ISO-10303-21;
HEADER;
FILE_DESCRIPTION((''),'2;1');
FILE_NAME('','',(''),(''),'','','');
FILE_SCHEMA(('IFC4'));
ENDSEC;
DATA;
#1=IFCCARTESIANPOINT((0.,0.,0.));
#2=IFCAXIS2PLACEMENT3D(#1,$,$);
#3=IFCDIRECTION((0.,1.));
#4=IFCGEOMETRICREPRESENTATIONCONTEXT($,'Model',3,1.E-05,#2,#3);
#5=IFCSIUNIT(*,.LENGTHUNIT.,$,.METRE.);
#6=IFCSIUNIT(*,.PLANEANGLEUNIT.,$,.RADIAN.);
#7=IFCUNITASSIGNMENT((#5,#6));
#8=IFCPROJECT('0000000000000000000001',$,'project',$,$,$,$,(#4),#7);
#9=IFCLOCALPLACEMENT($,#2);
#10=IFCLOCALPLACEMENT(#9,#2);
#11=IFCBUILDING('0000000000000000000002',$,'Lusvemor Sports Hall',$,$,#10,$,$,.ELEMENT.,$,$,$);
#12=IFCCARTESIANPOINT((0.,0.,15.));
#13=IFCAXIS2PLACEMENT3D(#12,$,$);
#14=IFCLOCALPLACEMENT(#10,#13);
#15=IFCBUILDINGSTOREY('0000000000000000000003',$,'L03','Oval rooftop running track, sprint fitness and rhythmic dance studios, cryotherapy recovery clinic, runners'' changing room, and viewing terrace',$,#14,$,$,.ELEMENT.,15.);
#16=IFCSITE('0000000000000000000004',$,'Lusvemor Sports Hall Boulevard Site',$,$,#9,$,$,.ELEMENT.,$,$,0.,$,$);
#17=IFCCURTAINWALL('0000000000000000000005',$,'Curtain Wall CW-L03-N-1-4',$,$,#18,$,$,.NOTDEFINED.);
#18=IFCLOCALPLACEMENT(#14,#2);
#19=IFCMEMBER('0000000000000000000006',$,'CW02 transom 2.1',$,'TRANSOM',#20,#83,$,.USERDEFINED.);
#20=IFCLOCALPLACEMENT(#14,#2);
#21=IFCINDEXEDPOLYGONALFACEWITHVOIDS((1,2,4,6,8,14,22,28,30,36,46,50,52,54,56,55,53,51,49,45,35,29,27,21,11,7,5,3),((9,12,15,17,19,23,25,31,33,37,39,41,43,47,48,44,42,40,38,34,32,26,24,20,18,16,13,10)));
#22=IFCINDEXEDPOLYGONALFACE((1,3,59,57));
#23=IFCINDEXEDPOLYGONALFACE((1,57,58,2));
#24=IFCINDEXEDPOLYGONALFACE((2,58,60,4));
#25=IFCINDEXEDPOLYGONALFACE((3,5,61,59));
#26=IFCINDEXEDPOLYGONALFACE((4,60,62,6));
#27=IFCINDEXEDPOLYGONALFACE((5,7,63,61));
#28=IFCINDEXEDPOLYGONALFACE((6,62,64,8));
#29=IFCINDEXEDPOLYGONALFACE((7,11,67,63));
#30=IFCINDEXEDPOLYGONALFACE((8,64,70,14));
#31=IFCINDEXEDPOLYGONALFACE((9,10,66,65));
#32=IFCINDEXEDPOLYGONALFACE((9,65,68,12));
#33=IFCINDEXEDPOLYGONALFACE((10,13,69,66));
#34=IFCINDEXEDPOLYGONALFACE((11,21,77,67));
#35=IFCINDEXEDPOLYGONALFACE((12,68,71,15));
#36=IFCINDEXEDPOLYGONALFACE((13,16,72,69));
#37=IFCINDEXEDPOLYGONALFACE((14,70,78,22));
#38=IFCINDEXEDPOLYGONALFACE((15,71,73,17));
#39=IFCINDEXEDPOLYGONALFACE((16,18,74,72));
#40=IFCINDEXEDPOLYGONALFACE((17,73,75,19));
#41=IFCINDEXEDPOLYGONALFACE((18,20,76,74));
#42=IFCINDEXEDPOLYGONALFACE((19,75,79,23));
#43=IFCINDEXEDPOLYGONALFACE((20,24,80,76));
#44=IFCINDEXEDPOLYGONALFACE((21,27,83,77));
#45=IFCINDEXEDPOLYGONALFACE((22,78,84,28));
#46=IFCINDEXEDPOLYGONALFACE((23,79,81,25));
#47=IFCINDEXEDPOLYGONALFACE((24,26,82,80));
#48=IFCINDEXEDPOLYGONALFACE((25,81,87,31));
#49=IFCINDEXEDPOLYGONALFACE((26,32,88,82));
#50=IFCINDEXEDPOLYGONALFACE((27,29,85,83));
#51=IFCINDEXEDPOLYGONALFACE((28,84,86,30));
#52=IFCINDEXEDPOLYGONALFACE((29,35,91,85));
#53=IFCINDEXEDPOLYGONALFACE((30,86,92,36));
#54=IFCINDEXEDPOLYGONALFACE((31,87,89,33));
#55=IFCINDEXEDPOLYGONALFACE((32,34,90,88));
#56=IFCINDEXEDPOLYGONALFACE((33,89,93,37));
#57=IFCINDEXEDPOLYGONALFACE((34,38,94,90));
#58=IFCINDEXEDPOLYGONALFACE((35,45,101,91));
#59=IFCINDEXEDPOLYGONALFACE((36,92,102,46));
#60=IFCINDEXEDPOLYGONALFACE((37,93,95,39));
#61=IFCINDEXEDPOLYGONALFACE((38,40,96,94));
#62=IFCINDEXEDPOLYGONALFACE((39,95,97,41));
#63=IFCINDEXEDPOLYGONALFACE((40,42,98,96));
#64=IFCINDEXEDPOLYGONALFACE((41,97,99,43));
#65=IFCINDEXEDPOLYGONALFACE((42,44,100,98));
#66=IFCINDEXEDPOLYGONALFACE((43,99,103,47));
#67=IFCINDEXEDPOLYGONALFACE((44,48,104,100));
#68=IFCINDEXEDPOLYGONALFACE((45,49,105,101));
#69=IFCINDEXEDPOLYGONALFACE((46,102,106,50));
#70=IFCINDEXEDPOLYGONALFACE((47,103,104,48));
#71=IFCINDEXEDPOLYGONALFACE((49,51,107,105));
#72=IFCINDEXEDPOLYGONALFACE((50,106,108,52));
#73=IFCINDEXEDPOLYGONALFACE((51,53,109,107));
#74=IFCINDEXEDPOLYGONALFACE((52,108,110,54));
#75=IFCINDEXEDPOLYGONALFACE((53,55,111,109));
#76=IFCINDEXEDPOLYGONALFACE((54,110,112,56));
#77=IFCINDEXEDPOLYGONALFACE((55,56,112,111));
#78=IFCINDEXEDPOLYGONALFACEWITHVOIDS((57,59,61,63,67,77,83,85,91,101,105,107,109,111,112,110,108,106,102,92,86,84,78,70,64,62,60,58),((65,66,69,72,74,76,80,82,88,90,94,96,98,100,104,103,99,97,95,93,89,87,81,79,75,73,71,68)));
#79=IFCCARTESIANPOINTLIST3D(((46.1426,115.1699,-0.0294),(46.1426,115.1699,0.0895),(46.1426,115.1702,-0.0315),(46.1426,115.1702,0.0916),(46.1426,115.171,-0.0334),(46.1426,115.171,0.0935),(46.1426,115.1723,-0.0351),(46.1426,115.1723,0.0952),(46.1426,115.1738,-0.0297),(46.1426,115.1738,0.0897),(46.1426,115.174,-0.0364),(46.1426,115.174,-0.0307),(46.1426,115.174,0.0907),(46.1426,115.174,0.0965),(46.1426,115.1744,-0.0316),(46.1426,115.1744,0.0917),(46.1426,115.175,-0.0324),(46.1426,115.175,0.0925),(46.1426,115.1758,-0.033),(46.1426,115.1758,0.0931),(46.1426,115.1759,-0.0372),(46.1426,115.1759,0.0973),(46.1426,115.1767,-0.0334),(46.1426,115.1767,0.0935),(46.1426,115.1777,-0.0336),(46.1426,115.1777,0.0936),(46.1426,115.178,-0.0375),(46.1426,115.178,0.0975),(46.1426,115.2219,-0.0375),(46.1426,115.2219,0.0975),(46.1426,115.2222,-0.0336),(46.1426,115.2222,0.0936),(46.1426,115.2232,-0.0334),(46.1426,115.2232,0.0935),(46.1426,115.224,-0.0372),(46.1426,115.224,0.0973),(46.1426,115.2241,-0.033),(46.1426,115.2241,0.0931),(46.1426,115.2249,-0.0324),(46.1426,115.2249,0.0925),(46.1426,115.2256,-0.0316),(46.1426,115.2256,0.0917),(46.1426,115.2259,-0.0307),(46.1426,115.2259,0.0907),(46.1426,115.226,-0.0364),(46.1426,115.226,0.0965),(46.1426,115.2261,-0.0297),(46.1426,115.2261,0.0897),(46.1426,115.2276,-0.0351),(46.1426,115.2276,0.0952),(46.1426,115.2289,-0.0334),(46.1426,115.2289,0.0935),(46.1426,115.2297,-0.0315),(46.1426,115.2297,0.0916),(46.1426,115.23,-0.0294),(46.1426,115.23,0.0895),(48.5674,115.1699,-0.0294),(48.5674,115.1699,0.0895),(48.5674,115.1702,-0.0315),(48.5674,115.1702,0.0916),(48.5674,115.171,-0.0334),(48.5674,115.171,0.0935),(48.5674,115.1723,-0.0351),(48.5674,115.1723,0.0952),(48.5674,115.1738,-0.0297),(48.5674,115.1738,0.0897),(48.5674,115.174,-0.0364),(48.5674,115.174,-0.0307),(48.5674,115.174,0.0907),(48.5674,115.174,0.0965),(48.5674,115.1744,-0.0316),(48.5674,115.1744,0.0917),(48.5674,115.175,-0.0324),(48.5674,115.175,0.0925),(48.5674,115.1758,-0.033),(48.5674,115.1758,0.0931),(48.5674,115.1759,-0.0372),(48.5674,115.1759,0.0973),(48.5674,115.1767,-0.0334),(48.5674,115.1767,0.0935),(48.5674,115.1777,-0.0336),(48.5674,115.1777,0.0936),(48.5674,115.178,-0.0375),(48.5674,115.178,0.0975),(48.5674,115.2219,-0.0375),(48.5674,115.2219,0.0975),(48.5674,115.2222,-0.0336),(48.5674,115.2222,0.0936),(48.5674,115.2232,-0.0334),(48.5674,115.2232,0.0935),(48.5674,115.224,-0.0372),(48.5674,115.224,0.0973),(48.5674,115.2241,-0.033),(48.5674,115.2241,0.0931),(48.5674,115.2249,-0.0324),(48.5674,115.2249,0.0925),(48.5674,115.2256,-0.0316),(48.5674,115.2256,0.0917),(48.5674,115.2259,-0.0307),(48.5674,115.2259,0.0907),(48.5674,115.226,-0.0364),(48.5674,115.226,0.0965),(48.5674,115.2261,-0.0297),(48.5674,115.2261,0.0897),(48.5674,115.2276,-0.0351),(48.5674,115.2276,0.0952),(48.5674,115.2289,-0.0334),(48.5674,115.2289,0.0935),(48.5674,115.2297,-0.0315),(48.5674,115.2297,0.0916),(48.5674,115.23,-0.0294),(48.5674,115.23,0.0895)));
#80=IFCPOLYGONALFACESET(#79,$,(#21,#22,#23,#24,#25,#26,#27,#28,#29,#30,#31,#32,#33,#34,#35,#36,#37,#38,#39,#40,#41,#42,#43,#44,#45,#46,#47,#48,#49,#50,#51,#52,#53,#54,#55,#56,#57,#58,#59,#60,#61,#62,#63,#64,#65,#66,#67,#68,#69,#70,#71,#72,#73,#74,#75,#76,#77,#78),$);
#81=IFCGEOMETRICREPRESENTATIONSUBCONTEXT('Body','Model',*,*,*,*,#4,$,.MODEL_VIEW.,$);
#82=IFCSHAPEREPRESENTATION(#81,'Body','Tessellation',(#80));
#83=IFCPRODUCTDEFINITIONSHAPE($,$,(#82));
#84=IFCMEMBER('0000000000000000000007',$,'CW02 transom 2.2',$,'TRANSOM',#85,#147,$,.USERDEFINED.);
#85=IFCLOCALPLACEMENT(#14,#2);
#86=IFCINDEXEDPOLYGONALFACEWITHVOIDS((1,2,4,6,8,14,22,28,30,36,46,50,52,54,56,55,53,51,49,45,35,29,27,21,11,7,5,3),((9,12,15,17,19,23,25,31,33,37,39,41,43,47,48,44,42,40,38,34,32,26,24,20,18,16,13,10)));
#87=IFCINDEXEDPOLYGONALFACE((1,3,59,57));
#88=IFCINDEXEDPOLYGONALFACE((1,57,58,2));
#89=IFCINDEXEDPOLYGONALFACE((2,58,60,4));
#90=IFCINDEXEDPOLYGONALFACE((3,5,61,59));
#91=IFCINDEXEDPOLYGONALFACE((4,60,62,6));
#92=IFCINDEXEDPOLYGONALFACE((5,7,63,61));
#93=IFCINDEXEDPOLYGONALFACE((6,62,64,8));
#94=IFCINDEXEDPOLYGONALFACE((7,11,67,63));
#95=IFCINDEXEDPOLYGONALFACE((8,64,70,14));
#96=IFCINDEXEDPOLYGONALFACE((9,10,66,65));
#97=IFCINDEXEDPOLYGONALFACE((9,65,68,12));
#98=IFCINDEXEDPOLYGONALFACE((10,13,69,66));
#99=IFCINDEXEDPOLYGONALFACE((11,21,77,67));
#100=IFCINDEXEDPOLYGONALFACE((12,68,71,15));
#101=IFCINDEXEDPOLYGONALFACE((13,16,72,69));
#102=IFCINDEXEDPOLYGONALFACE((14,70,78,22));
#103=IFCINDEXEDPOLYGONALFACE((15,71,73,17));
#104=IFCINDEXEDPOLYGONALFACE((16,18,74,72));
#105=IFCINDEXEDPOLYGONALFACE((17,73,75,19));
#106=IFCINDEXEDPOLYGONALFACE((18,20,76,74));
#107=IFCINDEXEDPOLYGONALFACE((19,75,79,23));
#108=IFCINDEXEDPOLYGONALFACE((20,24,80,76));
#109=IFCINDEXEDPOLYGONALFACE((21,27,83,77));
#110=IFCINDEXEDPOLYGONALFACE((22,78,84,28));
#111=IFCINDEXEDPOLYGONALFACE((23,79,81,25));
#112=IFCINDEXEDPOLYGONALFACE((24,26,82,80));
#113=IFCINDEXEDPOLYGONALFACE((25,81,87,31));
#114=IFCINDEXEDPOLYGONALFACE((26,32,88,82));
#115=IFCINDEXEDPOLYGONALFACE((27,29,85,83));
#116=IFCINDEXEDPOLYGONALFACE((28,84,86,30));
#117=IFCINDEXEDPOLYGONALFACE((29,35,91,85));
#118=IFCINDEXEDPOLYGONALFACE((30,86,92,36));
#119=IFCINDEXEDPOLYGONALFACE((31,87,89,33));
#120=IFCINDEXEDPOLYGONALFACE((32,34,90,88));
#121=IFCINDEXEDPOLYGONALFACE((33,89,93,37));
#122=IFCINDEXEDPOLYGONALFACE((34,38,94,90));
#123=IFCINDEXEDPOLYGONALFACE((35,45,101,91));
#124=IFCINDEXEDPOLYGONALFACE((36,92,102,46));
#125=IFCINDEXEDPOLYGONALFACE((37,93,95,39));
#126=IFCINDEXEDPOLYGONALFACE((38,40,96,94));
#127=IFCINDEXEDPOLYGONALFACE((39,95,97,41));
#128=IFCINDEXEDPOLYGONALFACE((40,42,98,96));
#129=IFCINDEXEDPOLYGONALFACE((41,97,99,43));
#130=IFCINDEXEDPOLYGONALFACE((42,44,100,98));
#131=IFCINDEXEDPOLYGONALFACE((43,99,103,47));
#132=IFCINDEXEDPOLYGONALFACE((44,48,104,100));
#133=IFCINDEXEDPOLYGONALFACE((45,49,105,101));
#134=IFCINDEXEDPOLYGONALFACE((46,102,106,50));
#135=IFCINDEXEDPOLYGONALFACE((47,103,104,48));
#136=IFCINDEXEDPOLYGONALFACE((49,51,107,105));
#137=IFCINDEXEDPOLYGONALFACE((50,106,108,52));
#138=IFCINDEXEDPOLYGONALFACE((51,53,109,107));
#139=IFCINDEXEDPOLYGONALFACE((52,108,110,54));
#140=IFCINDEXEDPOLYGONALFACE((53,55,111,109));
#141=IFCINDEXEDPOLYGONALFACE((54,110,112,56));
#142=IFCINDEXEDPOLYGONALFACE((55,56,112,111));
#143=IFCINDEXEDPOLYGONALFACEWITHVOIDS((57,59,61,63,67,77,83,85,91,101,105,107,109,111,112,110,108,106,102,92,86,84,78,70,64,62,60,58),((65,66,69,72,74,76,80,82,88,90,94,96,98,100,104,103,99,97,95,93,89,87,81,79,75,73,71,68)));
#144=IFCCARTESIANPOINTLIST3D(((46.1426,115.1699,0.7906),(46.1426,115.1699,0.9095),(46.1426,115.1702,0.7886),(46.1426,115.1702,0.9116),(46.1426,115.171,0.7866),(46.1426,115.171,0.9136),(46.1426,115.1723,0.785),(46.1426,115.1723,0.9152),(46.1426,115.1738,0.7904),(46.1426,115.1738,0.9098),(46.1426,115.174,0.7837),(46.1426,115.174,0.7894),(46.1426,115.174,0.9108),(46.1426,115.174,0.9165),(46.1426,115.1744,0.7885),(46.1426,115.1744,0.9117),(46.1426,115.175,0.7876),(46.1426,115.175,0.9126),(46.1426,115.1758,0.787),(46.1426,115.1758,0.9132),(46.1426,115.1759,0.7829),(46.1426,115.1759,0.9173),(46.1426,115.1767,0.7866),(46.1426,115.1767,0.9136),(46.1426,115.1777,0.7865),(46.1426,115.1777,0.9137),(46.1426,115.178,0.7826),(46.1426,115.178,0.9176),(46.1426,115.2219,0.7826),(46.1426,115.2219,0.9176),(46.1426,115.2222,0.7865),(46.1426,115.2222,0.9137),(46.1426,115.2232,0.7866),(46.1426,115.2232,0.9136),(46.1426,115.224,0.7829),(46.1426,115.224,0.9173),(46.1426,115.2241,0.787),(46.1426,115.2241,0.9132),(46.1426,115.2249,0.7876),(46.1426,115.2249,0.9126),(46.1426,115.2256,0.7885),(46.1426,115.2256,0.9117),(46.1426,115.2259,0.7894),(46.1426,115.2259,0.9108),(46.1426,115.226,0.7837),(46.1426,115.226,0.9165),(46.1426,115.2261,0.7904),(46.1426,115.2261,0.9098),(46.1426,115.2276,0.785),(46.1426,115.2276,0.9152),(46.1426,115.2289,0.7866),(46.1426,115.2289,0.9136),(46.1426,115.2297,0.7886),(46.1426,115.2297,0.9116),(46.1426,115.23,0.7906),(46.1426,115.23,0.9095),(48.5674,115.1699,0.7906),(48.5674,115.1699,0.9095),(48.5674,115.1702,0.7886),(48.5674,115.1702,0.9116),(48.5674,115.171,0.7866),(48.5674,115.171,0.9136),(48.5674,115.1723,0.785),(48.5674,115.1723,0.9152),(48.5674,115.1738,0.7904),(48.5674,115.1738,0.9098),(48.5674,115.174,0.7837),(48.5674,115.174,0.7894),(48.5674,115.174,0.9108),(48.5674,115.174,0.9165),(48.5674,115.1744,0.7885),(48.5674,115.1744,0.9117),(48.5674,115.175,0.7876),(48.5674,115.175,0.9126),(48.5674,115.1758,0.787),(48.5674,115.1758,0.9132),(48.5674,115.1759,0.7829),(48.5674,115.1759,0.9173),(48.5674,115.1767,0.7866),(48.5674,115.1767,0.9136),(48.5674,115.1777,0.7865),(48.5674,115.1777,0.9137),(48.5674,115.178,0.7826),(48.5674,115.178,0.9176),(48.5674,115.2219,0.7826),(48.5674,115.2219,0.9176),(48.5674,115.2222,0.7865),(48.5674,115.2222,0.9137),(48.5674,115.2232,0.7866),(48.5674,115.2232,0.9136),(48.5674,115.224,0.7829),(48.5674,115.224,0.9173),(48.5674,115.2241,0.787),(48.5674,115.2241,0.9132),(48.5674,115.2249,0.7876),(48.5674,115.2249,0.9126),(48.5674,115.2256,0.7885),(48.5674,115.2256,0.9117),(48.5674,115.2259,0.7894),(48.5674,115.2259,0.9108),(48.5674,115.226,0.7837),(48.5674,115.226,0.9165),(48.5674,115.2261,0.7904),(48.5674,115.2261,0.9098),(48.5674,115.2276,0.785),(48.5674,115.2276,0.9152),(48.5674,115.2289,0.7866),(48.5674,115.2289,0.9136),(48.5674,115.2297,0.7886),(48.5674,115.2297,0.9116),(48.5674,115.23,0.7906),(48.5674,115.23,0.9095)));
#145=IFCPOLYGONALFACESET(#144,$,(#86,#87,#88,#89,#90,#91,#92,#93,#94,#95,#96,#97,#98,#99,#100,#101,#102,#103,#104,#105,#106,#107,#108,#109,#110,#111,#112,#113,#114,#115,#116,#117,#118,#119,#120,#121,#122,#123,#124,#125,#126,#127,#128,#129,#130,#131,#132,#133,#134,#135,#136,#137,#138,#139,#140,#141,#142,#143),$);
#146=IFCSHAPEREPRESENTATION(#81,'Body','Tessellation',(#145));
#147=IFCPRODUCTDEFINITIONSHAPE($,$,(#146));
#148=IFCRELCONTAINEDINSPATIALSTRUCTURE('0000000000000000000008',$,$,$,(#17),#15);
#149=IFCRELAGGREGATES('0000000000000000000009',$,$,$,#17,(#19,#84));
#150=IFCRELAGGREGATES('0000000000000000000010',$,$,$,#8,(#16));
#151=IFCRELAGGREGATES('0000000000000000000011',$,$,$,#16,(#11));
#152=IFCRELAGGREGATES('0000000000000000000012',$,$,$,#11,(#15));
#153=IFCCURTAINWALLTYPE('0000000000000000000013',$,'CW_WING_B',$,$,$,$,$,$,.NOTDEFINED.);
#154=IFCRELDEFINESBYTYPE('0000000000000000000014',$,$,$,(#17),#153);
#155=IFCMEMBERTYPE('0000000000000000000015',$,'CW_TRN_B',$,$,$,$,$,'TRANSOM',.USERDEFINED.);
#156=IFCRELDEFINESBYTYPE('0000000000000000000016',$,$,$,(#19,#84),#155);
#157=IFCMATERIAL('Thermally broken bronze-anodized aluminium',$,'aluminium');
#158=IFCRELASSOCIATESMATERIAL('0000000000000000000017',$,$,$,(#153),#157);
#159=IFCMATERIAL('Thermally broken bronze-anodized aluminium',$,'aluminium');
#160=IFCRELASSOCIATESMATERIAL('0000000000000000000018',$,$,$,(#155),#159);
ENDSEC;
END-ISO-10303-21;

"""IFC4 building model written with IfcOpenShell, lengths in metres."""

from ifc_helpers import new_model, si_unit, direction, frame, origin, origin_2d, place, context, subcontext, project, spatial, hollow_rectangle, extrude, material, material_profile, profile_set, type_object, element, aggregate, save


model = new_model("IFC4")

# Units and contexts
model_context = context("Model", 3, precision=1e-05, world=origin(), true_north=direction((0.0, 1.0)))
body_context = subcontext(model_context, "Body", "Model", "MODEL_VIEW")
ifc_project = project(units=[si_unit("LENGTHUNIT", "METRE"), si_unit("PLANEANGLEUNIT", "RADIAN")], contexts=[model_context])

# Site, building, storey
site_placement = place(None, origin())
site = spatial("IfcSite", under=ifc_project, at=site_placement, Name="Lusvemor Sports Hall Boulevard Site", CompositionType="ELEMENT", RefElevation=0.0)
building_placement = place(site_placement, origin())
building = spatial("IfcBuilding", under=site, at=building_placement, Name="Lusvemor Sports Hall", CompositionType="ELEMENT")
storey_placement = place(building_placement, frame((0.0, 0.0, 15.0)))
storey = spatial("IfcBuildingStorey", under=building, at=storey_placement, Name="L03", Description="Oval rooftop running track, sprint fitness and rhythmic dance studios, cryotherapy recovery clinic, runners' changing room, and viewing terrace", CompositionType="ELEMENT", Elevation=15.0)

# Curtain wall
ifc_material_1 = material(Name="Thermally broken bronze-anodized aluminium", Category="aluminium")
curtain_wall_type = type_object("IfcCurtainWallType", Name="CW_WING_B", PredefinedType="NOTDEFINED", material=ifc_material_1)
curtain_wall_1_placement = place(storey_placement, origin())
curtain_wall_1 = element("IfcCurtainWall", 1, at=curtain_wall_1_placement, inside=storey, type_object=curtain_wall_type, Name="Curtain Wall CW-L03-N-1-4", PredefinedType="NOTDEFINED")

# Members
ifc_material_2 = material(Name="Thermally broken bronze-anodized aluminium", Category="aluminium")
ifc_material_profile_1 = material_profile(ifc_material_2, hollow_rectangle(XDim=0.0601, YDim=0.135, WallThickness=0.0039, InnerFilletRadius=0.0039, OuterFilletRadius=0.0081, at=origin_2d()), Name="CWTRN135x60x4")
ifc_profile_set_1 = profile_set([ifc_material_profile_1], Name="Thermally broken bronze-anodized aluminium")
member_type_1 = type_object("IfcMemberType", Name="CW_TRN_B", ElementType="TRANSOM", PredefinedType="USERDEFINED", material=ifc_profile_set_1)
member_1_placement = place(storey_placement, frame((46.1426, 115.2, 0.03), z_axis=(1.0, 0.0, 0.0), x_axis=(0.0, 1.0, 0.0)))
member_1 = element("IfcMember", 2, at=member_1_placement, type_object=member_type_1, Name="CW02 transom 2.1", ObjectType="TRANSOM", PredefinedType="USERDEFINED", context=body_context, shape_type="SweptSolid", body=[
    extrude(hollow_rectangle(XDim=0.0601, YDim=0.135, WallThickness=0.0039, InnerFilletRadius=0.0039, OuterFilletRadius=0.0081, at=origin_2d()), origin(), (0.0, 0.0, 1.0), 2.4248),
])
member_2_placement = place(storey_placement, frame((46.1426, 115.2, 0.8501), z_axis=(1.0, 0.0, 0.0), x_axis=(0.0, 1.0, 0.0)))
member_2 = element("IfcMember", 3, at=member_2_placement, type_object=member_type_1, Name="CW02 transom 2.2", ObjectType="TRANSOM", PredefinedType="USERDEFINED", context=body_context, shape_type="SweptSolid", body=[
    extrude(hollow_rectangle(XDim=0.0601, YDim=0.135, WallThickness=0.0039, InnerFilletRadius=0.0039, OuterFilletRadius=0.0081, at=origin_2d()), origin(), (0.0, 0.0, 1.0), 2.4248),
])

aggregate(curtain_wall_1, [member_1, member_2])

save(model, "model.ifc")
